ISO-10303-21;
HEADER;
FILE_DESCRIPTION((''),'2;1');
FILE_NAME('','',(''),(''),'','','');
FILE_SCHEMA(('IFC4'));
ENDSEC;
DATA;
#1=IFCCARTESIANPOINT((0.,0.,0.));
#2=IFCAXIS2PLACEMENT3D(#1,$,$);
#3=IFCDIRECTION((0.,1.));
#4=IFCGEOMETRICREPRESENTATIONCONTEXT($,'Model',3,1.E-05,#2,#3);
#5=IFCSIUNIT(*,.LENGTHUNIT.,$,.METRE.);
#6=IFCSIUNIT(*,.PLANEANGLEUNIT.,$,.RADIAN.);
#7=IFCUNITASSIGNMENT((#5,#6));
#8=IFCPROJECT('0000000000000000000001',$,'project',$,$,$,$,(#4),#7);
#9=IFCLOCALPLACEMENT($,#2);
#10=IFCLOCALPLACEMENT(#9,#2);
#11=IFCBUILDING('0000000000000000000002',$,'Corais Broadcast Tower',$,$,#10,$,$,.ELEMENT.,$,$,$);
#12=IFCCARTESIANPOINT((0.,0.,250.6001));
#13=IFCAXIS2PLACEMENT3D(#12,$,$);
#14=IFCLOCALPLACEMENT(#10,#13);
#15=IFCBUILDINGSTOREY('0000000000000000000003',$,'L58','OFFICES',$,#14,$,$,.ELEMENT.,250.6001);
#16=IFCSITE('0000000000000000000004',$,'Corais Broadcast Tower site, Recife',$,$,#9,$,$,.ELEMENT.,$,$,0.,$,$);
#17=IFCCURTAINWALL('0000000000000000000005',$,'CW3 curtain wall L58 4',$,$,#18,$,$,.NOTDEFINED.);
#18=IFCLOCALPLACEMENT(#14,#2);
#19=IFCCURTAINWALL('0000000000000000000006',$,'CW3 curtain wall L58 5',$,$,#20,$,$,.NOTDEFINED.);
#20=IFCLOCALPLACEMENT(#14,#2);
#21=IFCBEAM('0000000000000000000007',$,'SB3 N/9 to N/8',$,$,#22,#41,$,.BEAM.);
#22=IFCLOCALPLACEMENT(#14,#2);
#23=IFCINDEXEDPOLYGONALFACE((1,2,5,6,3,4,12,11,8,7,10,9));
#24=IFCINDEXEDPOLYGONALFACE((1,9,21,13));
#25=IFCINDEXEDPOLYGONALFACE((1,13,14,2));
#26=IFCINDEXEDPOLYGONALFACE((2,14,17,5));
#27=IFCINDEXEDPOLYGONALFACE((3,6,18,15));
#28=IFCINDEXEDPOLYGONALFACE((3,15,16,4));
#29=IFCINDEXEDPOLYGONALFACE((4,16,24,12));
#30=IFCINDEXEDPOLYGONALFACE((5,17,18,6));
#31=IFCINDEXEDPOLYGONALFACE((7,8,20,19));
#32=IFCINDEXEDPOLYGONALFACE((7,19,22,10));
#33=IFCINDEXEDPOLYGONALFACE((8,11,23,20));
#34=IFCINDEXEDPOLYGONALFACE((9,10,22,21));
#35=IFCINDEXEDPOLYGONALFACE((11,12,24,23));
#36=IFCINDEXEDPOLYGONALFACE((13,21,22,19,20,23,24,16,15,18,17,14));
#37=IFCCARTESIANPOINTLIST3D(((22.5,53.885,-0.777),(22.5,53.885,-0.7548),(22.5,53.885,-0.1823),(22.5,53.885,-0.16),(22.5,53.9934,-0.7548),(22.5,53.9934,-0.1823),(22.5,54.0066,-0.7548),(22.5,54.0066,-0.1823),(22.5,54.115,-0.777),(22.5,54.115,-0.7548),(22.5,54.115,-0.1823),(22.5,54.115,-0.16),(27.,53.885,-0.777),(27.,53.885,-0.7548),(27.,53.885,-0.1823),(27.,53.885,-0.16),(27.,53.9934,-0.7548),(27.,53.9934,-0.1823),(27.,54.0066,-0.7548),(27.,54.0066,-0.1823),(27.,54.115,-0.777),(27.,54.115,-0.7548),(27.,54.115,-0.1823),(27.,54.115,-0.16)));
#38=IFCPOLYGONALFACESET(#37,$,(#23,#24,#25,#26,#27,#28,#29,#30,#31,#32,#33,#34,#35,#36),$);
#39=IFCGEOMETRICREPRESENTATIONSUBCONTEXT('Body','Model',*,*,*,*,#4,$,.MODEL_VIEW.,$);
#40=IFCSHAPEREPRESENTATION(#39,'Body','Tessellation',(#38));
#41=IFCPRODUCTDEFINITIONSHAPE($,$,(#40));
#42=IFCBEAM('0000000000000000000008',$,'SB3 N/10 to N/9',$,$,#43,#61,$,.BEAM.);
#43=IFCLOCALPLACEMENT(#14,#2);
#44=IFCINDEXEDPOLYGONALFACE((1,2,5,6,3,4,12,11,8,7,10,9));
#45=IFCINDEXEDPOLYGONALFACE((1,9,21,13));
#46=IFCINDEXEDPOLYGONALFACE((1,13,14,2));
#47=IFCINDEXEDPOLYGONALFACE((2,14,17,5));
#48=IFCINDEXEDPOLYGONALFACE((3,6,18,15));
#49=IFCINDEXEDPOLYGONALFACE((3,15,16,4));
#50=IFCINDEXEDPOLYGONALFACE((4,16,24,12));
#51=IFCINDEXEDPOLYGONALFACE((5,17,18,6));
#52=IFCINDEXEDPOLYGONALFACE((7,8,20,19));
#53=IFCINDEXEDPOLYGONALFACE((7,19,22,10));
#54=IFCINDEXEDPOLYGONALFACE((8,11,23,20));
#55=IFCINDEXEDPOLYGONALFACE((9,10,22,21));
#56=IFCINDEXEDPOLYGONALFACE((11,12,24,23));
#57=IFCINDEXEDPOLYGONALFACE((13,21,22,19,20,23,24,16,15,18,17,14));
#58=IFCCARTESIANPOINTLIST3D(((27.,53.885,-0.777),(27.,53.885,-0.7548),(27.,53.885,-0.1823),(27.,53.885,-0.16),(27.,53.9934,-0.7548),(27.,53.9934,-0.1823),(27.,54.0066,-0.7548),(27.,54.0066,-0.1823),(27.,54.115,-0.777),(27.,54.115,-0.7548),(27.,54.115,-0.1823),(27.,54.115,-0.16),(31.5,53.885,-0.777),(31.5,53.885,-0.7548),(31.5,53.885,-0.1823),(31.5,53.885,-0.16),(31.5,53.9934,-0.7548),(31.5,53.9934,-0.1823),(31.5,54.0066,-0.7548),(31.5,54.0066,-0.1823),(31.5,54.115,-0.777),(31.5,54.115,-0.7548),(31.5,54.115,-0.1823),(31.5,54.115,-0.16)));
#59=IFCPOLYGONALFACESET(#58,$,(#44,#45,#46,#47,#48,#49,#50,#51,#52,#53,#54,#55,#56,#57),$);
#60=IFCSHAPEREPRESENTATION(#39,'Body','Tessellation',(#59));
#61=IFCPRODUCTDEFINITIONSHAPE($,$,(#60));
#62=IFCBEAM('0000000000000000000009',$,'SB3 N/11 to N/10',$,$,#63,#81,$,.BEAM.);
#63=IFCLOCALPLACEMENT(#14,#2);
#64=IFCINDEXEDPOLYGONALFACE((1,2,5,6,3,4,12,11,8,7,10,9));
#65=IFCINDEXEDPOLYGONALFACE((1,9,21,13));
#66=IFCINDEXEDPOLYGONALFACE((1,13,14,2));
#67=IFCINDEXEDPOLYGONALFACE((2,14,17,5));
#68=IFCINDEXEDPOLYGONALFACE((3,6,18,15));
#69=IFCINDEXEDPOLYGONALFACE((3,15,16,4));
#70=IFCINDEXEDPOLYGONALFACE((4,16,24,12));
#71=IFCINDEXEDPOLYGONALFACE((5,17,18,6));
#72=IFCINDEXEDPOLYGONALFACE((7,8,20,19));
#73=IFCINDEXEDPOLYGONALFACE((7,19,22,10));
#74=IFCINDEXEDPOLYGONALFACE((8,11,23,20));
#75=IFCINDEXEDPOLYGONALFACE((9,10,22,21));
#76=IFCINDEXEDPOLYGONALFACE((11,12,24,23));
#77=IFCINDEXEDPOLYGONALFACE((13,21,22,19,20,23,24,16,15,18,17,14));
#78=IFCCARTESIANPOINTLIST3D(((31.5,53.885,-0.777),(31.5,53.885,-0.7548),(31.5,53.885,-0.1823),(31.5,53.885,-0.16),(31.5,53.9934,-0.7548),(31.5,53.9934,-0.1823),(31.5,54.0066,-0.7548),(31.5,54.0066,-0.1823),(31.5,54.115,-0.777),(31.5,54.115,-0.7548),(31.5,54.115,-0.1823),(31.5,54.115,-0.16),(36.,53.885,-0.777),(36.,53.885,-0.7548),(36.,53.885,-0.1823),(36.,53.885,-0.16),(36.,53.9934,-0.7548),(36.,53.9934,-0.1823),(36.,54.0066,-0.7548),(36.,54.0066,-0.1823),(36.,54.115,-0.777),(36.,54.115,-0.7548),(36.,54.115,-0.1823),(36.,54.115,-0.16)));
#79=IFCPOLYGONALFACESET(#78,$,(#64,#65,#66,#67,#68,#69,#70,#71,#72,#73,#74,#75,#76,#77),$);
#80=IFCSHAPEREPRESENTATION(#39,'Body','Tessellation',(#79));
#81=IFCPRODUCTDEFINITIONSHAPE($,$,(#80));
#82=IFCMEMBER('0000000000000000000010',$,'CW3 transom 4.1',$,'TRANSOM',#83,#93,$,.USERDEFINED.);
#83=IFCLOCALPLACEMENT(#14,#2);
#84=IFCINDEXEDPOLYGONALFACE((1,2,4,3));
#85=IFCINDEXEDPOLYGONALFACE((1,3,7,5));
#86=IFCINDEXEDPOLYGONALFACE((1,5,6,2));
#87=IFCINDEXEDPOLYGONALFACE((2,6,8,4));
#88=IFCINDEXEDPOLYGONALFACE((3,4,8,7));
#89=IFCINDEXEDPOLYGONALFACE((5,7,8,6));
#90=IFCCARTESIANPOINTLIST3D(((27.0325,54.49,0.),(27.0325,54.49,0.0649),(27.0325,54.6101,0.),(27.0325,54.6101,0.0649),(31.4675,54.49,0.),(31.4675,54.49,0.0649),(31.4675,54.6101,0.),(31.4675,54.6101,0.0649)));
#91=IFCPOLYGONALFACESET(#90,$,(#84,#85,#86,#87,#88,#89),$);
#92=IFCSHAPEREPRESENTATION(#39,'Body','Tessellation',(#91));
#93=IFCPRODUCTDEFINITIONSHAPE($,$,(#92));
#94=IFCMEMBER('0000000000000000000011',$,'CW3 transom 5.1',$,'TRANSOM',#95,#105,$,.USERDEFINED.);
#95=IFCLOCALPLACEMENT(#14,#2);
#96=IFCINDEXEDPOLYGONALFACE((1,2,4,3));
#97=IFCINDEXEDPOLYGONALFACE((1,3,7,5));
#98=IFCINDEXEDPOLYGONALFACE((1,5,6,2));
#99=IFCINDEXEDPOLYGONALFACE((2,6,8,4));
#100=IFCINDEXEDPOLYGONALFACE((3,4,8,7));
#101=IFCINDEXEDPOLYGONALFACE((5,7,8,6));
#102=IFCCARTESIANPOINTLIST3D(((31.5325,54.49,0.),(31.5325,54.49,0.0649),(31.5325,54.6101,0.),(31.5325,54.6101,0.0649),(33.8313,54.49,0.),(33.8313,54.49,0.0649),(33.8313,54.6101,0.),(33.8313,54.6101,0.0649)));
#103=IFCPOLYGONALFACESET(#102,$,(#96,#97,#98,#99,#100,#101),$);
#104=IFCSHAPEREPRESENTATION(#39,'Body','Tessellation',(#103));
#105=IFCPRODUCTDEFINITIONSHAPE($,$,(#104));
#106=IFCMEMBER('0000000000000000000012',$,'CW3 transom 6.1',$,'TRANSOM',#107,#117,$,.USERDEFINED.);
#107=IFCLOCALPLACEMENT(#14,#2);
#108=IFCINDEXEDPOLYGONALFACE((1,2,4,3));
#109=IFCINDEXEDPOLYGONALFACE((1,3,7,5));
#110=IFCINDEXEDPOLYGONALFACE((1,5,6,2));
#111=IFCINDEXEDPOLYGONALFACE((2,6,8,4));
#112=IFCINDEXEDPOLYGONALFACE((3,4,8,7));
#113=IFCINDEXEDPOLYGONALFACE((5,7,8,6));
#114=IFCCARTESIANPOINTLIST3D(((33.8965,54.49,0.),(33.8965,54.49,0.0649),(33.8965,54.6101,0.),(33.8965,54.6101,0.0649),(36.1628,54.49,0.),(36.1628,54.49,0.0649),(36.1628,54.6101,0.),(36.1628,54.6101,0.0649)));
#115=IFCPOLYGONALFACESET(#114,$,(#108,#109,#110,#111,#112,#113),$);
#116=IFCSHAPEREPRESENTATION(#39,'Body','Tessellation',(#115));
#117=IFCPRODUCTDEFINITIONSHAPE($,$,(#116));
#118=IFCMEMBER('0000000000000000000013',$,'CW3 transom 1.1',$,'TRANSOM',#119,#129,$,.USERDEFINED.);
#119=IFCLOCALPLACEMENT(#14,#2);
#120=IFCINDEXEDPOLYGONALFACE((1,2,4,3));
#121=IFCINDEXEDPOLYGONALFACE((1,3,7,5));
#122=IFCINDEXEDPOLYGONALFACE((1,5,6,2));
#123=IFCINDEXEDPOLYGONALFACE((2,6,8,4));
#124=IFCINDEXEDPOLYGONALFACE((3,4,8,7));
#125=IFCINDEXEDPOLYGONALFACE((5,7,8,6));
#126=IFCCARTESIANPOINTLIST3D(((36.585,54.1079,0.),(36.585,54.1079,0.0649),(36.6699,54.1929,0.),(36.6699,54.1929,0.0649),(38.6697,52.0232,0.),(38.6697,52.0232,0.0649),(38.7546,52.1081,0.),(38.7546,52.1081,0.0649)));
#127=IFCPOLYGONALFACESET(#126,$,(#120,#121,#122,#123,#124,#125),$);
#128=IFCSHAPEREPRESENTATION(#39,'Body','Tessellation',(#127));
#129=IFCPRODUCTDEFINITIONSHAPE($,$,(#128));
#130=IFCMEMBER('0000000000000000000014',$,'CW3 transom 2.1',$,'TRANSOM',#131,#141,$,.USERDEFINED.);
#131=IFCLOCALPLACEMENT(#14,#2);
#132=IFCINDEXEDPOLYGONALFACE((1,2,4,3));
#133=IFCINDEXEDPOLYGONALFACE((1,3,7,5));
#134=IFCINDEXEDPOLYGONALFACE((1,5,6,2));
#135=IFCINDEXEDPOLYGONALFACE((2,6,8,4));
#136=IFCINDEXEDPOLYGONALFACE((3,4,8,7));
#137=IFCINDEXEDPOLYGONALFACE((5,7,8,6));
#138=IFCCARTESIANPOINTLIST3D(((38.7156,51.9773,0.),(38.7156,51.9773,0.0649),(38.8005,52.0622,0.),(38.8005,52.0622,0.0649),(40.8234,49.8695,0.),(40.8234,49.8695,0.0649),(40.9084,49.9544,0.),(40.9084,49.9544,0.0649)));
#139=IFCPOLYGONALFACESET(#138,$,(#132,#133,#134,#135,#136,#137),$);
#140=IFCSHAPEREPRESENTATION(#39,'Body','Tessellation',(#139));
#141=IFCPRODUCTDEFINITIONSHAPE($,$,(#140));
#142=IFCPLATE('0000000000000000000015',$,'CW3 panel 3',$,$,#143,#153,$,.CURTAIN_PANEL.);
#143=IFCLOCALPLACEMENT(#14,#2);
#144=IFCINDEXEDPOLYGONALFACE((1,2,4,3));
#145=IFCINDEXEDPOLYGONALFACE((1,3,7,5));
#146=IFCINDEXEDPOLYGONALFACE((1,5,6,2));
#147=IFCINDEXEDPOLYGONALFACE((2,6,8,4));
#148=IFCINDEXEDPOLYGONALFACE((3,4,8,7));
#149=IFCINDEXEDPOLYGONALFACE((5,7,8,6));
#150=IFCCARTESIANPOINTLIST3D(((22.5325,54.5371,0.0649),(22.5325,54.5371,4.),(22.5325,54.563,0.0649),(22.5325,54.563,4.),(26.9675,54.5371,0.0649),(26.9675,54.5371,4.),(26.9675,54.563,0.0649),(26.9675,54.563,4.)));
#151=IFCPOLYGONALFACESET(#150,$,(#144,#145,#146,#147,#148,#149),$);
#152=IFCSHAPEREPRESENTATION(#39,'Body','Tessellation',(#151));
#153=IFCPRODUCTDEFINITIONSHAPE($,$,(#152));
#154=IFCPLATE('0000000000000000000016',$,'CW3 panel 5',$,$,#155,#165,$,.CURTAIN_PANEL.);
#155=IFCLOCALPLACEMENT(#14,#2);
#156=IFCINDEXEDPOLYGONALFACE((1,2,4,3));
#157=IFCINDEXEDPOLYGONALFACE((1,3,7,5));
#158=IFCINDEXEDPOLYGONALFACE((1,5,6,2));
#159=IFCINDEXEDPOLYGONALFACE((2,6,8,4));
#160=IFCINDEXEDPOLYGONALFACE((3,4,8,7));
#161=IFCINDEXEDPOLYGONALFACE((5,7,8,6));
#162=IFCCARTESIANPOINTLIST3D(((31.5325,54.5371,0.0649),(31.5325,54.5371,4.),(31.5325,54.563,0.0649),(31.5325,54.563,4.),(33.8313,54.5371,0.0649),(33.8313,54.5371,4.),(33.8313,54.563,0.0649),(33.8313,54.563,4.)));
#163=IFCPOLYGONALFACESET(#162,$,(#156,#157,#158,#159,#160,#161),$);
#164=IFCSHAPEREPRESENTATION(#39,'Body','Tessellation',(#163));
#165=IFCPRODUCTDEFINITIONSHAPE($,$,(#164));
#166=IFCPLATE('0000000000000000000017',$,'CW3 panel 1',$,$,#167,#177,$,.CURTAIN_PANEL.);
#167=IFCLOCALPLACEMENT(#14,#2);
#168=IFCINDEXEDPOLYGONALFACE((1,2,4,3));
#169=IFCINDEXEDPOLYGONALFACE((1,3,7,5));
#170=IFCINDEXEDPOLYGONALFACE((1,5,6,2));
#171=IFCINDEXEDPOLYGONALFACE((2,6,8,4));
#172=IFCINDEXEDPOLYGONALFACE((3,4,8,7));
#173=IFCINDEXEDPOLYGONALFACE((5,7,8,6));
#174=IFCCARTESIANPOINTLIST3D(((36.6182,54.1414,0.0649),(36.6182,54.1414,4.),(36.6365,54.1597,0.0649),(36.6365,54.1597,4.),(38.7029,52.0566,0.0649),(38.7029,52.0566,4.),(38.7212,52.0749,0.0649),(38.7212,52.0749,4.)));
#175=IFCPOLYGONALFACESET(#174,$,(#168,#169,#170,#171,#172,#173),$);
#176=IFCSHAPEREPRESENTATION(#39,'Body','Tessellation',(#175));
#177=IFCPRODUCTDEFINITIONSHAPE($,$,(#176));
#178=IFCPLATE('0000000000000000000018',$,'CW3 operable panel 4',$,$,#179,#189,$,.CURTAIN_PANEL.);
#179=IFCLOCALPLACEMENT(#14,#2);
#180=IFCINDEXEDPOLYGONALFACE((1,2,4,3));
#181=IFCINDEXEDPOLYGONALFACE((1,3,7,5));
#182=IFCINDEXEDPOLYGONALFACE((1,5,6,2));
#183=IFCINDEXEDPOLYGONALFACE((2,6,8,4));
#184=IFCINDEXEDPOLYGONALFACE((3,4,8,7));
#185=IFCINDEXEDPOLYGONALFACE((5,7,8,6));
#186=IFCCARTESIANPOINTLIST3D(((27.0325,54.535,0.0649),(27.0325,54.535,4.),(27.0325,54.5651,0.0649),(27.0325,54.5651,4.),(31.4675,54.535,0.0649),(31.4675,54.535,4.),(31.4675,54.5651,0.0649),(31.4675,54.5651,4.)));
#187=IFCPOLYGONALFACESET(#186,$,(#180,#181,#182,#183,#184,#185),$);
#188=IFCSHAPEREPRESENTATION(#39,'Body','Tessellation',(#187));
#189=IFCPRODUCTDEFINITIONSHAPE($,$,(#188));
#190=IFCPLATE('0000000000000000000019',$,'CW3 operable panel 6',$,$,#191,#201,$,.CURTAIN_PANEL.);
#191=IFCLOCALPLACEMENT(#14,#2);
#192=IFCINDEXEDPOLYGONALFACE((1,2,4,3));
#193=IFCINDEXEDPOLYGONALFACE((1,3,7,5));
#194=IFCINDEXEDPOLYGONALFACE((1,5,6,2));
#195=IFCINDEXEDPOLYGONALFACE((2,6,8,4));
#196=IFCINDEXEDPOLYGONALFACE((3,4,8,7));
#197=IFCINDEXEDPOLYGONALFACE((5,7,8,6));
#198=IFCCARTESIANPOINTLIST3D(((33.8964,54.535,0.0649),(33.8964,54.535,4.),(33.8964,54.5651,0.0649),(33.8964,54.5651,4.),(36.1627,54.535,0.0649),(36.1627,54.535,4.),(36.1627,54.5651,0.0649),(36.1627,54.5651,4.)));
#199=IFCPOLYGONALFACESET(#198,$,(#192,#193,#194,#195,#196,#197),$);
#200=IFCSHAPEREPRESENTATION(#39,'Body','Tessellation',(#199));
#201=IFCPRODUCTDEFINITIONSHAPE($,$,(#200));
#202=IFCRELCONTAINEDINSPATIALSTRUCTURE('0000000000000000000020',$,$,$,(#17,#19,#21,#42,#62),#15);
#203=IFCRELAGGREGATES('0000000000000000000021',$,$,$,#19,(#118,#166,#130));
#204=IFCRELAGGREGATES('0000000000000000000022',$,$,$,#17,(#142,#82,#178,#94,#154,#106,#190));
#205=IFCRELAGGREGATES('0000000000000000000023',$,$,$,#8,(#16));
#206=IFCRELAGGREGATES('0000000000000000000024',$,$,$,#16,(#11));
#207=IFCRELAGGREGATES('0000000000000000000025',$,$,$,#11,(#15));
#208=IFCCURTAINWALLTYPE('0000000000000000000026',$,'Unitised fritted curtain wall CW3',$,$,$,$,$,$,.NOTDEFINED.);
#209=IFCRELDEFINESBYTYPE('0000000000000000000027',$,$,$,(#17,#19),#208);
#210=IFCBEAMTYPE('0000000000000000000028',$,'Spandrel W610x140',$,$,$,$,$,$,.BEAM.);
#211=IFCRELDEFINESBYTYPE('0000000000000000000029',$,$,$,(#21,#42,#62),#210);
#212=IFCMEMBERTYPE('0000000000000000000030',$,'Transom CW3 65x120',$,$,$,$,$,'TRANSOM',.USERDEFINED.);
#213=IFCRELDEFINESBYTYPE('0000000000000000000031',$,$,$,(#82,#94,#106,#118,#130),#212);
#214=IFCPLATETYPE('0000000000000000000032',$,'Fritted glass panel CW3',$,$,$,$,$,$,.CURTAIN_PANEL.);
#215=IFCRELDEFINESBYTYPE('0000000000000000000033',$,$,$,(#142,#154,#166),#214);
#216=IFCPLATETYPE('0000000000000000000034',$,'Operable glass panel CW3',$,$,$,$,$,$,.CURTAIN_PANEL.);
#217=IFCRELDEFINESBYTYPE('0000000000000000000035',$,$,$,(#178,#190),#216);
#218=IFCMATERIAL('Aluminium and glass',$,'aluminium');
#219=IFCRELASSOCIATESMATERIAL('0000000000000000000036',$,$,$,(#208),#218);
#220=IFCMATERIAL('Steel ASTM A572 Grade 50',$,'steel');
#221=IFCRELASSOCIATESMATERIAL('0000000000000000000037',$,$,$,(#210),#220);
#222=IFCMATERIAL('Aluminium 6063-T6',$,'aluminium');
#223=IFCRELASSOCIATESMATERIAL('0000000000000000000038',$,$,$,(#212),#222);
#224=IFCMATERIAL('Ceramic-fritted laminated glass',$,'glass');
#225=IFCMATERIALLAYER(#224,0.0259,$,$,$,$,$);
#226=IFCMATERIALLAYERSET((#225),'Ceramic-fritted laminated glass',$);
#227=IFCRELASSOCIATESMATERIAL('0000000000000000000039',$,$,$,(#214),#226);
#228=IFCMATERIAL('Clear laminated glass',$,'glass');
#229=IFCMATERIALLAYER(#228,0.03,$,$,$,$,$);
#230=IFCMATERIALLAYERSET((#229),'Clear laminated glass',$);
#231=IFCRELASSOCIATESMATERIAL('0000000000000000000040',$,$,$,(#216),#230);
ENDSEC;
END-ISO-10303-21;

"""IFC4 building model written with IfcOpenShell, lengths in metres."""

from ifc_helpers import new_model, si_unit, direction, frame, origin, origin_2d, place, context, subcontext, project, spatial, rectangle, i_section, extrude, material, layer, layer_set, material_profile, profile_set, type_object, element, aggregate, save


model = new_model("IFC4")

# Units and contexts
model_context = context("Model", 3, precision=1e-05, world=origin(), true_north=direction((0.0, 1.0)))
body_context = subcontext(model_context, "Body", "Model", "MODEL_VIEW")
ifc_project = project(units=[si_unit("LENGTHUNIT", "METRE"), si_unit("PLANEANGLEUNIT", "RADIAN")], contexts=[model_context])

# Site, building, storey
site_placement = place(None, origin())
site = spatial("IfcSite", under=ifc_project, at=site_placement, Name="Corais Broadcast Tower site, Recife", CompositionType="ELEMENT", RefElevation=0.0)
building_placement = place(site_placement, origin())
building = spatial("IfcBuilding", under=site, at=building_placement, Name="Corais Broadcast Tower", CompositionType="ELEMENT")
storey_placement = place(building_placement, frame((0.0, 0.0, 250.6001)))
storey = spatial("IfcBuildingStorey", under=building, at=storey_placement, Name="L58", Description="OFFICES", CompositionType="ELEMENT", Elevation=250.6001)

# Curtain walls
ifc_material_1 = material(Name="Aluminium and glass", Category="aluminium")
curtain_wall_type = type_object("IfcCurtainWallType", Name="Unitised fritted curtain wall CW3", PredefinedType="NOTDEFINED", material=ifc_material_1)
curtain_wall_1_placement = place(storey_placement, origin())
curtain_wall_1 = element("IfcCurtainWall", 1, at=curtain_wall_1_placement, inside=storey, type_object=curtain_wall_type, Name="CW3 curtain wall L58 4", PredefinedType="NOTDEFINED")
curtain_wall_2_placement = place(storey_placement, origin())
curtain_wall_2 = element("IfcCurtainWall", 2, at=curtain_wall_2_placement, inside=storey, type_object=curtain_wall_type, Name="CW3 curtain wall L58 5", PredefinedType="NOTDEFINED")

# Beams
ifc_material_2 = material(Name="Steel ASTM A572 Grade 50", Category="steel")
ifc_material_profile_1 = material_profile(ifc_material_2, i_section(OverallWidth=0.23, OverallDepth=0.6169, WebThickness=0.0132, FlangeThickness=0.0222, at=origin_2d()), Name="W610x140")
ifc_profile_set_1 = profile_set([ifc_material_profile_1], Name="Steel ASTM A572 Grade 50")
beam_type_1 = type_object("IfcBeamType", Name="Spandrel W610x140", PredefinedType="BEAM", material=ifc_profile_set_1)
for number, where, z_axis, x_axis, name in (
    (3, (27.0, 54.0, -0.4685), (-1.0, 0.0, 0.0), (0.0, -1.0, 0.0), "SB3 N/9 to N/8"),
    (4, (31.5, 54.0, -0.4685), (-1.0, 0.0, 0.0), (0.0, -1.0, 0.0), "SB3 N/10 to N/9"),
    (5, (36.0, 54.0, -0.4685), (-1.0, 0.0, 0.0), (0.0, -1.0, 0.0), "SB3 N/11 to N/10"),
):
    element("IfcBeam", number, at=place(storey_placement, frame(where, z_axis=z_axis, x_axis=x_axis)), inside=storey, type_object=beam_type_1, Name=name, PredefinedType="BEAM", context=body_context, shape_type="SweptSolid", body=[
        extrude(i_section(OverallWidth=0.23, OverallDepth=0.6169, WebThickness=0.0132, FlangeThickness=0.0222, at=origin_2d()), origin(), (0.0, 0.0, 1.0), 4.5),
    ])

# Members
ifc_material_3 = material(Name="Aluminium 6063-T6", Category="aluminium")
ifc_material_profile_2 = material_profile(ifc_material_3, rectangle(XDim=0.1201, YDim=0.0649, at=origin_2d()), Name="Transom CW3 65x120")
ifc_profile_set_2 = profile_set([ifc_material_profile_2], Name="Aluminium 6063-T6")
member_type_1 = type_object("IfcMemberType", Name="Transom CW3 65x120", ElementType="TRANSOM", PredefinedType="USERDEFINED", material=ifc_profile_set_2)
member_1_placement = place(storey_placement, frame((27.0325, 54.55, 0.0325), z_axis=(1.0, 0.0, 0.0), x_axis=(0.0, 1.0, 0.0)))
member_1 = element("IfcMember", 6, at=member_1_placement, type_object=member_type_1, Name="CW3 transom 4.1", ObjectType="TRANSOM", PredefinedType="USERDEFINED", context=body_context, shape_type="SweptSolid", body=[
    extrude(rectangle(XDim=0.1201, YDim=0.0649, at=origin_2d()), origin(), (0.0, 0.0, 1.0), 4.4351),
])
member_2_placement = place(storey_placement, frame((31.5325, 54.55, 0.0325), z_axis=(1.0, 0.0, 0.0), x_axis=(0.0, 1.0, 0.0)))
member_2 = element("IfcMember", 7, at=member_2_placement, type_object=member_type_1, Name="CW3 transom 5.1", ObjectType="TRANSOM", PredefinedType="USERDEFINED", context=body_context, shape_type="SweptSolid", body=[
    extrude(rectangle(XDim=0.1201, YDim=0.0649, at=origin_2d()), origin(), (0.0, 0.0, 1.0), 2.2988),
])
member_3_placement = place(storey_placement, frame((33.8965, 54.55, 0.0325), z_axis=(1.0, 0.0, 0.0), x_axis=(0.0, 1.0, 0.0)))
member_3 = element("IfcMember", 8, at=member_3_placement, type_object=member_type_1, Name="CW3 transom 6.1", ObjectType="TRANSOM", PredefinedType="USERDEFINED", context=body_context, shape_type="SweptSolid", body=[
    extrude(rectangle(XDim=0.1201, YDim=0.0649, at=origin_2d()), origin(), (0.0, 0.0, 1.0), 2.2664),
])
member_4_placement = place(storey_placement, frame((36.6274, 54.1504, 0.0325), z_axis=(0.707107, -0.707107, 0.0), x_axis=(0.707107, 0.707107, 0.0)))
member_4 = element("IfcMember", 9, at=member_4_placement, type_object=member_type_1, Name="CW3 transom 1.1", ObjectType="TRANSOM", PredefinedType="USERDEFINED", context=body_context, shape_type="SweptSolid", body=[
    extrude(rectangle(XDim=0.1201, YDim=0.0649, at=origin_2d()), origin(), (0.0, 0.0, 1.0), 2.9482),
])
member_5_placement = place(storey_placement, frame((38.7581, 52.0198, 0.0325), z_axis=(0.707107, -0.707107, 0.0), x_axis=(0.707107, 0.707107, 0.0)))
member_5 = element("IfcMember", 10, at=member_5_placement, type_object=member_type_1, Name="CW3 transom 2.1", ObjectType="TRANSOM", PredefinedType="USERDEFINED", context=body_context, shape_type="SweptSolid", body=[
    extrude(rectangle(XDim=0.1201, YDim=0.0649, at=origin_2d()), origin(), (0.0, 0.0, 1.0), 2.981),
])

# Plates
ifc_material_4 = material(Name="Ceramic-fritted laminated glass", Category="glass")
ifc_layer_1 = layer(ifc_material_4, 0.0259)
ifc_layer_set_1 = layer_set([ifc_layer_1], Name="Ceramic-fritted laminated glass")
plate_type_1 = type_object("IfcPlateType", Name="Fritted glass panel CW3", PredefinedType="CURTAIN_PANEL", material=ifc_layer_set_1)
plate_1_placement = place(storey_placement, frame((24.75, 54.55, 0.0649), z_axis=(0.0, 0.0, 1.0), x_axis=(1.0, 0.0, 0.0)))
plate_1 = element("IfcPlate", 11, at=plate_1_placement, type_object=plate_type_1, Name="CW3 panel 3", PredefinedType="CURTAIN_PANEL", context=body_context, shape_type="SweptSolid", body=[
    extrude(rectangle(XDim=4.4351, YDim=0.0259, at=origin_2d()), origin(), (0.0, 0.0, 1.0), 3.9351),
])
plate_2_placement = place(storey_placement, frame((32.6819, 54.55, 0.0649), z_axis=(0.0, 0.0, 1.0), x_axis=(1.0, 0.0, 0.0)))
plate_2 = element("IfcPlate", 12, at=plate_2_placement, type_object=plate_type_1, Name="CW3 panel 5", PredefinedType="CURTAIN_PANEL", context=body_context, shape_type="SweptSolid", body=[
    extrude(rectangle(XDim=2.2988, YDim=0.0259, at=origin_2d()), origin(), (0.0, 0.0, 1.0), 3.9351),
])
plate_3_placement = place(storey_placement, frame((37.6697, 53.1082, 0.0649), z_axis=(0.0, 0.0, 1.0), x_axis=(0.707107, -0.707107, 0.0)))
plate_3 = element("IfcPlate", 13, at=plate_3_placement, type_object=plate_type_1, Name="CW3 panel 1", PredefinedType="CURTAIN_PANEL", context=body_context, shape_type="SweptSolid", body=[
    extrude(rectangle(XDim=2.9482, YDim=0.0259, at=origin_2d()), origin(), (0.0, 0.0, 1.0), 3.9351),
])
aggregate(curtain_wall_2, [member_4, plate_3, member_5])
ifc_material_5 = material(Name="Clear laminated glass", Category="glass")
ifc_layer_2 = layer(ifc_material_5, 0.03)
ifc_layer_set_2 = layer_set([ifc_layer_2], Name="Clear laminated glass")
plate_type_2 = type_object("IfcPlateType", Name="Operable glass panel CW3", PredefinedType="CURTAIN_PANEL", material=ifc_layer_set_2)
plate_4_placement = place(storey_placement, frame((29.25, 54.55, 0.0649), z_axis=(0.0, 0.0, 1.0), x_axis=(1.0, 0.0, 0.0)))
plate_4 = element("IfcPlate", 14, at=plate_4_placement, type_object=plate_type_2, Name="CW3 operable panel 4", PredefinedType="CURTAIN_PANEL", context=body_context, shape_type="SweptSolid", body=[
    extrude(rectangle(XDim=4.4351, YDim=0.03, at=origin_2d()), origin(), (0.0, 0.0, 1.0), 3.9351),
])
plate_5_placement = place(storey_placement, frame((35.0295, 54.55, 0.0649), z_axis=(0.0, 0.0, 1.0), x_axis=(1.0, 0.0, 0.0)))
plate_5 = element("IfcPlate", 15, at=plate_5_placement, type_object=plate_type_2, Name="CW3 operable panel 6", PredefinedType="CURTAIN_PANEL", context=body_context, shape_type="SweptSolid", body=[
    extrude(rectangle(XDim=2.2664, YDim=0.03, at=origin_2d()), origin(), (0.0, 0.0, 1.0), 3.9351),
])
aggregate(curtain_wall_1, [plate_1, member_1, plate_4, member_2, plate_2, member_3, plate_5])

save(model, "model.ifc")
